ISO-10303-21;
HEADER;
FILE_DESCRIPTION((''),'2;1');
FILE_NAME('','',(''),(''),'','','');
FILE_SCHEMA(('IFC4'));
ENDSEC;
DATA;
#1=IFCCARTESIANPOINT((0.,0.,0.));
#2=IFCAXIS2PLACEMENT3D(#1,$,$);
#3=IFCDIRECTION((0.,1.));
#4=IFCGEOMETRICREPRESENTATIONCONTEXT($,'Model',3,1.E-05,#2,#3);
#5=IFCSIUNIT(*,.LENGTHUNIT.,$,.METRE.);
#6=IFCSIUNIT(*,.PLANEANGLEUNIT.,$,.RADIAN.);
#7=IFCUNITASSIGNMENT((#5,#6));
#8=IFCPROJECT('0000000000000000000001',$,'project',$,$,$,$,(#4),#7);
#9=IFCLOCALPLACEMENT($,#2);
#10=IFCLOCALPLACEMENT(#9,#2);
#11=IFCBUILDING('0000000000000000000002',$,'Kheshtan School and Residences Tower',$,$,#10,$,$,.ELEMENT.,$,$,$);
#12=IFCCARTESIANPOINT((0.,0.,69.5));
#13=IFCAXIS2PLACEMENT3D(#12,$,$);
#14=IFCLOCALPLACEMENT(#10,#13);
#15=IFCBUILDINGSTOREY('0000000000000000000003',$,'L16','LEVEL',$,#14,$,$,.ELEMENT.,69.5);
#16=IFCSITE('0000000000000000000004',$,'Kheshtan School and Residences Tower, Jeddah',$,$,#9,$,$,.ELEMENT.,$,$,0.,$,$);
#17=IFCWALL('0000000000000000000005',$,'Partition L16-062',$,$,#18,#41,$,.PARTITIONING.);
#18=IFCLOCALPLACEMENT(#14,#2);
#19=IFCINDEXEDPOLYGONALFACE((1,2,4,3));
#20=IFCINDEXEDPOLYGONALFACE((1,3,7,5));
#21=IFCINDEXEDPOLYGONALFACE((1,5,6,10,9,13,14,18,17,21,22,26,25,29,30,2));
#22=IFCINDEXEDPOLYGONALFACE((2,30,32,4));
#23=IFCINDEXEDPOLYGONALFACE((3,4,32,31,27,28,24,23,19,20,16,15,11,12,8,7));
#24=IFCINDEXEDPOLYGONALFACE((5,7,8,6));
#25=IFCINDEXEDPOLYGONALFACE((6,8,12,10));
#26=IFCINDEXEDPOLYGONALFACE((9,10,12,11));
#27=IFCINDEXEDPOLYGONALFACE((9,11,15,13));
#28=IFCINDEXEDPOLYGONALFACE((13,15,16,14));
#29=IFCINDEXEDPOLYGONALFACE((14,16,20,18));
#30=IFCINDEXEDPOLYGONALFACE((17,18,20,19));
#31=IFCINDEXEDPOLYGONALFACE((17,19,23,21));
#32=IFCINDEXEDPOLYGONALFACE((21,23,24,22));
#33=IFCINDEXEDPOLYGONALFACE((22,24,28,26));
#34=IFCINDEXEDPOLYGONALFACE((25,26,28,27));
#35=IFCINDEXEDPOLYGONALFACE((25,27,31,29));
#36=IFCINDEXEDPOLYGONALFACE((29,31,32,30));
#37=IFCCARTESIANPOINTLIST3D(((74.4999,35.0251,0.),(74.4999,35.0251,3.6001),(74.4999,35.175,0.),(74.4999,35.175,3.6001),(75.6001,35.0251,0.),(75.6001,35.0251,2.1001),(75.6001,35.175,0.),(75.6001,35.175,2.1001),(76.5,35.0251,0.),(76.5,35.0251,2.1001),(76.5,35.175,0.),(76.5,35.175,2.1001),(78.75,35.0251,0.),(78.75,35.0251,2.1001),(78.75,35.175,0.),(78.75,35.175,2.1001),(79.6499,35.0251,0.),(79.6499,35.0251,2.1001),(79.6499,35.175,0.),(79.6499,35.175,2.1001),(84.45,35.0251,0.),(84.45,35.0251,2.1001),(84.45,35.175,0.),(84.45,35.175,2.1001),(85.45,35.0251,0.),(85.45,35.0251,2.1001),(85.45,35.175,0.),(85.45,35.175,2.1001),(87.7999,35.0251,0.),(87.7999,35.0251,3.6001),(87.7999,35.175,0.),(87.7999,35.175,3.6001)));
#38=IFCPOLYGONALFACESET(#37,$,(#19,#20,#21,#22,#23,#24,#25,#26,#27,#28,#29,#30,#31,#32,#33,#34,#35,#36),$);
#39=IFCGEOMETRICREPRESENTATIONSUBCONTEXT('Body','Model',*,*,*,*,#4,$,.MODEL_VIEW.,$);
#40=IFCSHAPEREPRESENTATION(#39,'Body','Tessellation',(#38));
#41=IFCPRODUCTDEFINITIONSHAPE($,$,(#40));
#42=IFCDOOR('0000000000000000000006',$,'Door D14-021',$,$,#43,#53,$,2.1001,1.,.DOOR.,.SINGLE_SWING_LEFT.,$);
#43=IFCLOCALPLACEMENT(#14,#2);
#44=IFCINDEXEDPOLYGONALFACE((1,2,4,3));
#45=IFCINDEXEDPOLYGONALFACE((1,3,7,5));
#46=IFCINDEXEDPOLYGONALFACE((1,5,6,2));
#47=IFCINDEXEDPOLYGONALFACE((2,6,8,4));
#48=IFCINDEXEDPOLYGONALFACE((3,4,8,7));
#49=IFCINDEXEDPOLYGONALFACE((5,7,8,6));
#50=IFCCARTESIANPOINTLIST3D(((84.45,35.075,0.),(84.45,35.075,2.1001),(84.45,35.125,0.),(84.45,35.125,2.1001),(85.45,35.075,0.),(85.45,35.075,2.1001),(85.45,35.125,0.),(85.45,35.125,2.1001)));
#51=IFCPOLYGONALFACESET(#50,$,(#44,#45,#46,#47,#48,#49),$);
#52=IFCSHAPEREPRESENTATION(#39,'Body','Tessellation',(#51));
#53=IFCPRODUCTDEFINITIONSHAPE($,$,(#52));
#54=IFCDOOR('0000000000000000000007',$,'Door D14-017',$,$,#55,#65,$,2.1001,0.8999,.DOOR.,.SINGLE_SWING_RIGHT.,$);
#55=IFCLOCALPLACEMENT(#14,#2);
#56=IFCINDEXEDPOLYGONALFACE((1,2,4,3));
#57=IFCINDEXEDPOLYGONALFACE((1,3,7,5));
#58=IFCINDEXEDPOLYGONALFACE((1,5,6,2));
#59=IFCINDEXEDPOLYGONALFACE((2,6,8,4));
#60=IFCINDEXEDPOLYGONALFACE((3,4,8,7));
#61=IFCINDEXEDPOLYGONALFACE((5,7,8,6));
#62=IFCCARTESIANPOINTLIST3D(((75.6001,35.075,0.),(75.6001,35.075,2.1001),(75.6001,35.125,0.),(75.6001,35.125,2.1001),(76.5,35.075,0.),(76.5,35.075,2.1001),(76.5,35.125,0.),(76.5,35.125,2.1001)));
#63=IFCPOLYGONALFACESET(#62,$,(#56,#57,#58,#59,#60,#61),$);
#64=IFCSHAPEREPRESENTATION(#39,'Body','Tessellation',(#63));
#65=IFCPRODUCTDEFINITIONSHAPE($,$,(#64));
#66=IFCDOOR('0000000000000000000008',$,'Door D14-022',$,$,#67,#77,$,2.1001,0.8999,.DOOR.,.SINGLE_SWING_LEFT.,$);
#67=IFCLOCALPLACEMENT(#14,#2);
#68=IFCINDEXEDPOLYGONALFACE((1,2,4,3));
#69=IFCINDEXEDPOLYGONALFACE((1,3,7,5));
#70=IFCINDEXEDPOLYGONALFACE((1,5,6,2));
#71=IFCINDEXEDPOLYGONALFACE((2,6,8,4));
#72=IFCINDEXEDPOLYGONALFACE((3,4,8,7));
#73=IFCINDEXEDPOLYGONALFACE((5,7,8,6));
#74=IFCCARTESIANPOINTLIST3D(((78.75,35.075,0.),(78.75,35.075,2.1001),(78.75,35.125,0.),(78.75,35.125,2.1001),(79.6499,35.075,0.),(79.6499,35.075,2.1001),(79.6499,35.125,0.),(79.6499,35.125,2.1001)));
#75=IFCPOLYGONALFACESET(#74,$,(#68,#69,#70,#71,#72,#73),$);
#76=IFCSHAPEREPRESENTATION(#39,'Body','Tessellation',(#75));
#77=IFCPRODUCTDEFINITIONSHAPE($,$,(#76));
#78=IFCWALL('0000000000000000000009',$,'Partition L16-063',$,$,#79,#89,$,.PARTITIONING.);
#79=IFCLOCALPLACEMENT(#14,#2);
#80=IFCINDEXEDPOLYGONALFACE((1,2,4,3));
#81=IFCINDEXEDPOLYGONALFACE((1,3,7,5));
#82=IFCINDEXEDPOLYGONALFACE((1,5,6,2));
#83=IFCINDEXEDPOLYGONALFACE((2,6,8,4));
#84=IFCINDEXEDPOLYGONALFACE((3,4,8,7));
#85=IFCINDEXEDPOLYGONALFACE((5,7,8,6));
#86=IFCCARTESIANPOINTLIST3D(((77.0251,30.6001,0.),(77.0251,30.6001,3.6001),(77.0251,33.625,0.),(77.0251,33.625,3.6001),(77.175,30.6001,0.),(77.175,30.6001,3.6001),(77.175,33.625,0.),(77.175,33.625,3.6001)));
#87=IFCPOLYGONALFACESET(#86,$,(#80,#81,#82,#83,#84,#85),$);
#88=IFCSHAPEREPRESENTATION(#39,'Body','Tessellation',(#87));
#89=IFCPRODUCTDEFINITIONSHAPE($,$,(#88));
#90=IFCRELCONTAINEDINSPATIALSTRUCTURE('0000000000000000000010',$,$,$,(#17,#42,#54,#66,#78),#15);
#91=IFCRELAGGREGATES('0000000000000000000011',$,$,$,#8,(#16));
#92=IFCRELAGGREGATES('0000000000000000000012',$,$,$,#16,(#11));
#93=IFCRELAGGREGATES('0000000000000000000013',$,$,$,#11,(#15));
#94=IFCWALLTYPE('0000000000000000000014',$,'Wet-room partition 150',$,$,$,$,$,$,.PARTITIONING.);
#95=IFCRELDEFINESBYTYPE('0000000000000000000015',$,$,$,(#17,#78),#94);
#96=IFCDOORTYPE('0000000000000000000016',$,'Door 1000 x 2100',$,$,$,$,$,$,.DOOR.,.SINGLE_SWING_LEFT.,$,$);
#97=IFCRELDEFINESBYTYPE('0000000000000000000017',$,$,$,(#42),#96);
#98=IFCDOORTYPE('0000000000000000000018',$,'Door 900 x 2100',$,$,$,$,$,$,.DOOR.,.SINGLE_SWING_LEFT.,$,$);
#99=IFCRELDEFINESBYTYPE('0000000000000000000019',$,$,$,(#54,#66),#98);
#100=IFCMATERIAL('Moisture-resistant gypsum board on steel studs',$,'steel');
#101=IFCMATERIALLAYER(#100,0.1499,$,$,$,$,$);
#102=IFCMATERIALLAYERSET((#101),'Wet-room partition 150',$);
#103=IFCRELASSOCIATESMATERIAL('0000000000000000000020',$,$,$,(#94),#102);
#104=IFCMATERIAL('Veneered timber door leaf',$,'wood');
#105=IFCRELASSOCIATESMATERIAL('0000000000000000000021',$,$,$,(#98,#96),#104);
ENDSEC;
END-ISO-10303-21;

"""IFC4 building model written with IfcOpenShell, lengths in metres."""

from ifc_helpers import new_model, si_unit, direction, frame, frame_2d, origin, place, context, subcontext, project, spatial, rectangle, extrude, source, transform, mapped, material, layer, layer_set, type_object, element, fill, save


model = new_model("IFC4")

# Units and contexts
model_context = context("Model", 3, precision=1e-05, world=origin(), true_north=direction((0.0, 1.0)))
body_context = subcontext(model_context, "Body", "Model", "MODEL_VIEW")
ifc_project = project(units=[si_unit("LENGTHUNIT", "METRE"), si_unit("PLANEANGLEUNIT", "RADIAN")], contexts=[model_context])

# Site, building, storey
site_placement = place(None, origin())
site = spatial("IfcSite", under=ifc_project, at=site_placement, Name="Kheshtan School and Residences Tower, Jeddah", CompositionType="ELEMENT", RefElevation=0.0)
building_placement = place(site_placement, origin())
building = spatial("IfcBuilding", under=site, at=building_placement, Name="Kheshtan School and Residences Tower", CompositionType="ELEMENT")
storey_placement = place(building_placement, frame((0.0, 0.0, 69.5)))
storey = spatial("IfcBuildingStorey", under=building, at=storey_placement, Name="L16", Description="LEVEL", CompositionType="ELEMENT", Elevation=69.5)

# Shared definitions
ifc_material_1 = material(Name="Moisture-resistant gypsum board on steel studs", Category="steel")
ifc_layer_1 = layer(ifc_material_1, 0.1499)
ifc_layer_set_1 = layer_set([ifc_layer_1], Name="Wet-room partition 150")
wall_type_1 = type_object("IfcWallType", Name="Wet-room partition 150", PredefinedType="PARTITIONING", material=ifc_layer_set_1)

# Shared definitions
ifc_material_2 = material(Name="Veneered timber door leaf", Category="wood")

# Wall, openings, doors
door_type_1 = type_object("IfcDoorType", Name="Door 900 x 2100", OperationType="SINGLE_SWING_LEFT", PredefinedType="DOOR", material=ifc_material_2)
shared_shape_1 = source(origin(), body_context, "Body", "SweptSolid", [
    extrude(rectangle(XDim=0.8999, YDim=2.1001, at=frame_2d((0.45, 1.05))), frame((0.0, 0.0249, 0.0), z_axis=(0.0, -1.0, 0.0), x_axis=(1.0, 0.0, 0.0)), (0.0, 0.0, 1.0), 0.05),
])
wall_1_placement = place(storey_placement, frame((74.5, 35.1001, 0.0), z_axis=(0.0, 0.0, 1.0), x_axis=(1.0, 0.0, 0.0)))
wall_1 = element("IfcWall", 1, at=wall_1_placement, inside=storey, type_object=wall_type_1, Name="Partition L16-062", PredefinedType="PARTITIONING", context=body_context, shape_type="SweptSolid", body=[
    extrude(rectangle(XDim=13.3, YDim=0.1499, at=frame_2d((6.6499, 0.0))), origin(), (0.0, 0.0, 1.0), 3.6001),
])
opening_1_placement = place(wall_1_placement, frame((1.1001, 0.0, 0.0)))
opening_1 = element("IfcOpeningElement", 2, at=opening_1_placement, cuts=wall_1, PredefinedType="OPENING", context=body_context, shape_type="SweptSolid", body=[
    extrude(rectangle(XDim=0.8999, YDim=2.1001, at=frame_2d((0.45, 1.05))), frame((0.0, 0.085, 0.0), z_axis=(0.0, -1.0, 0.0), x_axis=(1.0, 0.0, 0.0)), (0.0, 0.0, 1.0), 0.1699),
])
opening_2_placement = place(wall_1_placement, frame((9.95, 0.0, 0.0)))
opening_2 = element("IfcOpeningElement", 3, at=opening_2_placement, cuts=wall_1, PredefinedType="OPENING", context=body_context, shape_type="SweptSolid", body=[
    extrude(rectangle(XDim=1.0, YDim=2.1001, at=frame_2d((0.5, 1.05))), frame((0.0, 0.085, 0.0), z_axis=(0.0, -1.0, 0.0), x_axis=(1.0, 0.0, 0.0)), (0.0, 0.0, 1.0), 0.1699),
])
opening_3_placement = place(wall_1_placement, frame((4.25, 0.0, 0.0)))
opening_3 = element("IfcOpeningElement", 4, at=opening_3_placement, cuts=wall_1, PredefinedType="OPENING", context=body_context, shape_type="SweptSolid", body=[
    extrude(rectangle(XDim=0.8999, YDim=2.1001, at=frame_2d((0.45, 1.05))), frame((0.0, 0.085, 0.0), z_axis=(0.0, -1.0, 0.0), x_axis=(1.0, 0.0, 0.0)), (0.0, 0.0, 1.0), 0.1699),
])
door_type_2 = type_object("IfcDoorType", Name="Door 1000 x 2100", OperationType="SINGLE_SWING_LEFT", PredefinedType="DOOR", material=ifc_material_2)
shared_shape_2 = source(origin(), body_context, "Body", "SweptSolid", [
    extrude(rectangle(XDim=1.0, YDim=2.1001, at=frame_2d((0.5, 1.05))), frame((0.0, 0.0249, 0.0), z_axis=(0.0, -1.0, 0.0), x_axis=(1.0, 0.0, 0.0)), (0.0, 0.0, 1.0), 0.05),
])
door_1_placement = place(opening_2_placement, origin())
door_1 = element("IfcDoor", 5, at=door_1_placement, inside=storey, type_object=door_type_2, Name="Door D14-021", OperationType="SINGLE_SWING_LEFT", OverallHeight=2.1001, OverallWidth=1.0, PredefinedType="DOOR", context=body_context, shape_type="MappedRepresentation", body=[
    mapped(shared_shape_2, transform((0.0, 0.0, 0.0), x_axis=(1.0, 0.0, 0.0), y_axis=(0.0, 1.0, 0.0), z_axis=(0.0, 0.0, 1.0), scale=1.0)),
])
fill(opening_2, door_1)
door_2_placement = place(opening_1_placement, origin())
door_2 = element("IfcDoor", 6, at=door_2_placement, inside=storey, type_object=door_type_1, Name="Door D14-017", OperationType="SINGLE_SWING_RIGHT", OverallHeight=2.1001, OverallWidth=0.8999, PredefinedType="DOOR", context=body_context, shape_type="MappedRepresentation", body=[
    mapped(shared_shape_1, transform((0.0, 0.0, 0.0), x_axis=(1.0, 0.0, 0.0), y_axis=(0.0, 1.0, 0.0), z_axis=(0.0, 0.0, 1.0), scale=1.0)),
])
fill(opening_1, door_2)
door_3_placement = place(opening_3_placement, origin())
door_3 = element("IfcDoor", 7, at=door_3_placement, inside=storey, type_object=door_type_1, Name="Door D14-022", OperationType="SINGLE_SWING_LEFT", OverallHeight=2.1001, OverallWidth=0.8999, PredefinedType="DOOR", context=body_context, shape_type="MappedRepresentation", body=[
    mapped(shared_shape_1, transform((0.0, 0.0, 0.0), x_axis=(1.0, 0.0, 0.0), y_axis=(0.0, 1.0, 0.0), z_axis=(0.0, 0.0, 1.0), scale=1.0)),
])
fill(opening_3, door_3)

# Wall
wall_2_placement = place(storey_placement, frame((77.1001, 30.6001, 0.0), z_axis=(0.0, 0.0, 1.0), x_axis=(0.0, 1.0, 0.0)))
element("IfcWall", 8, at=wall_2_placement, inside=storey, type_object=wall_type_1, Name="Partition L16-063", PredefinedType="PARTITIONING", context=body_context, shape_type="SweptSolid", body=[
    extrude(rectangle(XDim=3.0249, YDim=0.1499, at=frame_2d((1.5125, 0.0))), origin(), (0.0, 0.0, 1.0), 3.6001),
])

save(model, "model.ifc")
